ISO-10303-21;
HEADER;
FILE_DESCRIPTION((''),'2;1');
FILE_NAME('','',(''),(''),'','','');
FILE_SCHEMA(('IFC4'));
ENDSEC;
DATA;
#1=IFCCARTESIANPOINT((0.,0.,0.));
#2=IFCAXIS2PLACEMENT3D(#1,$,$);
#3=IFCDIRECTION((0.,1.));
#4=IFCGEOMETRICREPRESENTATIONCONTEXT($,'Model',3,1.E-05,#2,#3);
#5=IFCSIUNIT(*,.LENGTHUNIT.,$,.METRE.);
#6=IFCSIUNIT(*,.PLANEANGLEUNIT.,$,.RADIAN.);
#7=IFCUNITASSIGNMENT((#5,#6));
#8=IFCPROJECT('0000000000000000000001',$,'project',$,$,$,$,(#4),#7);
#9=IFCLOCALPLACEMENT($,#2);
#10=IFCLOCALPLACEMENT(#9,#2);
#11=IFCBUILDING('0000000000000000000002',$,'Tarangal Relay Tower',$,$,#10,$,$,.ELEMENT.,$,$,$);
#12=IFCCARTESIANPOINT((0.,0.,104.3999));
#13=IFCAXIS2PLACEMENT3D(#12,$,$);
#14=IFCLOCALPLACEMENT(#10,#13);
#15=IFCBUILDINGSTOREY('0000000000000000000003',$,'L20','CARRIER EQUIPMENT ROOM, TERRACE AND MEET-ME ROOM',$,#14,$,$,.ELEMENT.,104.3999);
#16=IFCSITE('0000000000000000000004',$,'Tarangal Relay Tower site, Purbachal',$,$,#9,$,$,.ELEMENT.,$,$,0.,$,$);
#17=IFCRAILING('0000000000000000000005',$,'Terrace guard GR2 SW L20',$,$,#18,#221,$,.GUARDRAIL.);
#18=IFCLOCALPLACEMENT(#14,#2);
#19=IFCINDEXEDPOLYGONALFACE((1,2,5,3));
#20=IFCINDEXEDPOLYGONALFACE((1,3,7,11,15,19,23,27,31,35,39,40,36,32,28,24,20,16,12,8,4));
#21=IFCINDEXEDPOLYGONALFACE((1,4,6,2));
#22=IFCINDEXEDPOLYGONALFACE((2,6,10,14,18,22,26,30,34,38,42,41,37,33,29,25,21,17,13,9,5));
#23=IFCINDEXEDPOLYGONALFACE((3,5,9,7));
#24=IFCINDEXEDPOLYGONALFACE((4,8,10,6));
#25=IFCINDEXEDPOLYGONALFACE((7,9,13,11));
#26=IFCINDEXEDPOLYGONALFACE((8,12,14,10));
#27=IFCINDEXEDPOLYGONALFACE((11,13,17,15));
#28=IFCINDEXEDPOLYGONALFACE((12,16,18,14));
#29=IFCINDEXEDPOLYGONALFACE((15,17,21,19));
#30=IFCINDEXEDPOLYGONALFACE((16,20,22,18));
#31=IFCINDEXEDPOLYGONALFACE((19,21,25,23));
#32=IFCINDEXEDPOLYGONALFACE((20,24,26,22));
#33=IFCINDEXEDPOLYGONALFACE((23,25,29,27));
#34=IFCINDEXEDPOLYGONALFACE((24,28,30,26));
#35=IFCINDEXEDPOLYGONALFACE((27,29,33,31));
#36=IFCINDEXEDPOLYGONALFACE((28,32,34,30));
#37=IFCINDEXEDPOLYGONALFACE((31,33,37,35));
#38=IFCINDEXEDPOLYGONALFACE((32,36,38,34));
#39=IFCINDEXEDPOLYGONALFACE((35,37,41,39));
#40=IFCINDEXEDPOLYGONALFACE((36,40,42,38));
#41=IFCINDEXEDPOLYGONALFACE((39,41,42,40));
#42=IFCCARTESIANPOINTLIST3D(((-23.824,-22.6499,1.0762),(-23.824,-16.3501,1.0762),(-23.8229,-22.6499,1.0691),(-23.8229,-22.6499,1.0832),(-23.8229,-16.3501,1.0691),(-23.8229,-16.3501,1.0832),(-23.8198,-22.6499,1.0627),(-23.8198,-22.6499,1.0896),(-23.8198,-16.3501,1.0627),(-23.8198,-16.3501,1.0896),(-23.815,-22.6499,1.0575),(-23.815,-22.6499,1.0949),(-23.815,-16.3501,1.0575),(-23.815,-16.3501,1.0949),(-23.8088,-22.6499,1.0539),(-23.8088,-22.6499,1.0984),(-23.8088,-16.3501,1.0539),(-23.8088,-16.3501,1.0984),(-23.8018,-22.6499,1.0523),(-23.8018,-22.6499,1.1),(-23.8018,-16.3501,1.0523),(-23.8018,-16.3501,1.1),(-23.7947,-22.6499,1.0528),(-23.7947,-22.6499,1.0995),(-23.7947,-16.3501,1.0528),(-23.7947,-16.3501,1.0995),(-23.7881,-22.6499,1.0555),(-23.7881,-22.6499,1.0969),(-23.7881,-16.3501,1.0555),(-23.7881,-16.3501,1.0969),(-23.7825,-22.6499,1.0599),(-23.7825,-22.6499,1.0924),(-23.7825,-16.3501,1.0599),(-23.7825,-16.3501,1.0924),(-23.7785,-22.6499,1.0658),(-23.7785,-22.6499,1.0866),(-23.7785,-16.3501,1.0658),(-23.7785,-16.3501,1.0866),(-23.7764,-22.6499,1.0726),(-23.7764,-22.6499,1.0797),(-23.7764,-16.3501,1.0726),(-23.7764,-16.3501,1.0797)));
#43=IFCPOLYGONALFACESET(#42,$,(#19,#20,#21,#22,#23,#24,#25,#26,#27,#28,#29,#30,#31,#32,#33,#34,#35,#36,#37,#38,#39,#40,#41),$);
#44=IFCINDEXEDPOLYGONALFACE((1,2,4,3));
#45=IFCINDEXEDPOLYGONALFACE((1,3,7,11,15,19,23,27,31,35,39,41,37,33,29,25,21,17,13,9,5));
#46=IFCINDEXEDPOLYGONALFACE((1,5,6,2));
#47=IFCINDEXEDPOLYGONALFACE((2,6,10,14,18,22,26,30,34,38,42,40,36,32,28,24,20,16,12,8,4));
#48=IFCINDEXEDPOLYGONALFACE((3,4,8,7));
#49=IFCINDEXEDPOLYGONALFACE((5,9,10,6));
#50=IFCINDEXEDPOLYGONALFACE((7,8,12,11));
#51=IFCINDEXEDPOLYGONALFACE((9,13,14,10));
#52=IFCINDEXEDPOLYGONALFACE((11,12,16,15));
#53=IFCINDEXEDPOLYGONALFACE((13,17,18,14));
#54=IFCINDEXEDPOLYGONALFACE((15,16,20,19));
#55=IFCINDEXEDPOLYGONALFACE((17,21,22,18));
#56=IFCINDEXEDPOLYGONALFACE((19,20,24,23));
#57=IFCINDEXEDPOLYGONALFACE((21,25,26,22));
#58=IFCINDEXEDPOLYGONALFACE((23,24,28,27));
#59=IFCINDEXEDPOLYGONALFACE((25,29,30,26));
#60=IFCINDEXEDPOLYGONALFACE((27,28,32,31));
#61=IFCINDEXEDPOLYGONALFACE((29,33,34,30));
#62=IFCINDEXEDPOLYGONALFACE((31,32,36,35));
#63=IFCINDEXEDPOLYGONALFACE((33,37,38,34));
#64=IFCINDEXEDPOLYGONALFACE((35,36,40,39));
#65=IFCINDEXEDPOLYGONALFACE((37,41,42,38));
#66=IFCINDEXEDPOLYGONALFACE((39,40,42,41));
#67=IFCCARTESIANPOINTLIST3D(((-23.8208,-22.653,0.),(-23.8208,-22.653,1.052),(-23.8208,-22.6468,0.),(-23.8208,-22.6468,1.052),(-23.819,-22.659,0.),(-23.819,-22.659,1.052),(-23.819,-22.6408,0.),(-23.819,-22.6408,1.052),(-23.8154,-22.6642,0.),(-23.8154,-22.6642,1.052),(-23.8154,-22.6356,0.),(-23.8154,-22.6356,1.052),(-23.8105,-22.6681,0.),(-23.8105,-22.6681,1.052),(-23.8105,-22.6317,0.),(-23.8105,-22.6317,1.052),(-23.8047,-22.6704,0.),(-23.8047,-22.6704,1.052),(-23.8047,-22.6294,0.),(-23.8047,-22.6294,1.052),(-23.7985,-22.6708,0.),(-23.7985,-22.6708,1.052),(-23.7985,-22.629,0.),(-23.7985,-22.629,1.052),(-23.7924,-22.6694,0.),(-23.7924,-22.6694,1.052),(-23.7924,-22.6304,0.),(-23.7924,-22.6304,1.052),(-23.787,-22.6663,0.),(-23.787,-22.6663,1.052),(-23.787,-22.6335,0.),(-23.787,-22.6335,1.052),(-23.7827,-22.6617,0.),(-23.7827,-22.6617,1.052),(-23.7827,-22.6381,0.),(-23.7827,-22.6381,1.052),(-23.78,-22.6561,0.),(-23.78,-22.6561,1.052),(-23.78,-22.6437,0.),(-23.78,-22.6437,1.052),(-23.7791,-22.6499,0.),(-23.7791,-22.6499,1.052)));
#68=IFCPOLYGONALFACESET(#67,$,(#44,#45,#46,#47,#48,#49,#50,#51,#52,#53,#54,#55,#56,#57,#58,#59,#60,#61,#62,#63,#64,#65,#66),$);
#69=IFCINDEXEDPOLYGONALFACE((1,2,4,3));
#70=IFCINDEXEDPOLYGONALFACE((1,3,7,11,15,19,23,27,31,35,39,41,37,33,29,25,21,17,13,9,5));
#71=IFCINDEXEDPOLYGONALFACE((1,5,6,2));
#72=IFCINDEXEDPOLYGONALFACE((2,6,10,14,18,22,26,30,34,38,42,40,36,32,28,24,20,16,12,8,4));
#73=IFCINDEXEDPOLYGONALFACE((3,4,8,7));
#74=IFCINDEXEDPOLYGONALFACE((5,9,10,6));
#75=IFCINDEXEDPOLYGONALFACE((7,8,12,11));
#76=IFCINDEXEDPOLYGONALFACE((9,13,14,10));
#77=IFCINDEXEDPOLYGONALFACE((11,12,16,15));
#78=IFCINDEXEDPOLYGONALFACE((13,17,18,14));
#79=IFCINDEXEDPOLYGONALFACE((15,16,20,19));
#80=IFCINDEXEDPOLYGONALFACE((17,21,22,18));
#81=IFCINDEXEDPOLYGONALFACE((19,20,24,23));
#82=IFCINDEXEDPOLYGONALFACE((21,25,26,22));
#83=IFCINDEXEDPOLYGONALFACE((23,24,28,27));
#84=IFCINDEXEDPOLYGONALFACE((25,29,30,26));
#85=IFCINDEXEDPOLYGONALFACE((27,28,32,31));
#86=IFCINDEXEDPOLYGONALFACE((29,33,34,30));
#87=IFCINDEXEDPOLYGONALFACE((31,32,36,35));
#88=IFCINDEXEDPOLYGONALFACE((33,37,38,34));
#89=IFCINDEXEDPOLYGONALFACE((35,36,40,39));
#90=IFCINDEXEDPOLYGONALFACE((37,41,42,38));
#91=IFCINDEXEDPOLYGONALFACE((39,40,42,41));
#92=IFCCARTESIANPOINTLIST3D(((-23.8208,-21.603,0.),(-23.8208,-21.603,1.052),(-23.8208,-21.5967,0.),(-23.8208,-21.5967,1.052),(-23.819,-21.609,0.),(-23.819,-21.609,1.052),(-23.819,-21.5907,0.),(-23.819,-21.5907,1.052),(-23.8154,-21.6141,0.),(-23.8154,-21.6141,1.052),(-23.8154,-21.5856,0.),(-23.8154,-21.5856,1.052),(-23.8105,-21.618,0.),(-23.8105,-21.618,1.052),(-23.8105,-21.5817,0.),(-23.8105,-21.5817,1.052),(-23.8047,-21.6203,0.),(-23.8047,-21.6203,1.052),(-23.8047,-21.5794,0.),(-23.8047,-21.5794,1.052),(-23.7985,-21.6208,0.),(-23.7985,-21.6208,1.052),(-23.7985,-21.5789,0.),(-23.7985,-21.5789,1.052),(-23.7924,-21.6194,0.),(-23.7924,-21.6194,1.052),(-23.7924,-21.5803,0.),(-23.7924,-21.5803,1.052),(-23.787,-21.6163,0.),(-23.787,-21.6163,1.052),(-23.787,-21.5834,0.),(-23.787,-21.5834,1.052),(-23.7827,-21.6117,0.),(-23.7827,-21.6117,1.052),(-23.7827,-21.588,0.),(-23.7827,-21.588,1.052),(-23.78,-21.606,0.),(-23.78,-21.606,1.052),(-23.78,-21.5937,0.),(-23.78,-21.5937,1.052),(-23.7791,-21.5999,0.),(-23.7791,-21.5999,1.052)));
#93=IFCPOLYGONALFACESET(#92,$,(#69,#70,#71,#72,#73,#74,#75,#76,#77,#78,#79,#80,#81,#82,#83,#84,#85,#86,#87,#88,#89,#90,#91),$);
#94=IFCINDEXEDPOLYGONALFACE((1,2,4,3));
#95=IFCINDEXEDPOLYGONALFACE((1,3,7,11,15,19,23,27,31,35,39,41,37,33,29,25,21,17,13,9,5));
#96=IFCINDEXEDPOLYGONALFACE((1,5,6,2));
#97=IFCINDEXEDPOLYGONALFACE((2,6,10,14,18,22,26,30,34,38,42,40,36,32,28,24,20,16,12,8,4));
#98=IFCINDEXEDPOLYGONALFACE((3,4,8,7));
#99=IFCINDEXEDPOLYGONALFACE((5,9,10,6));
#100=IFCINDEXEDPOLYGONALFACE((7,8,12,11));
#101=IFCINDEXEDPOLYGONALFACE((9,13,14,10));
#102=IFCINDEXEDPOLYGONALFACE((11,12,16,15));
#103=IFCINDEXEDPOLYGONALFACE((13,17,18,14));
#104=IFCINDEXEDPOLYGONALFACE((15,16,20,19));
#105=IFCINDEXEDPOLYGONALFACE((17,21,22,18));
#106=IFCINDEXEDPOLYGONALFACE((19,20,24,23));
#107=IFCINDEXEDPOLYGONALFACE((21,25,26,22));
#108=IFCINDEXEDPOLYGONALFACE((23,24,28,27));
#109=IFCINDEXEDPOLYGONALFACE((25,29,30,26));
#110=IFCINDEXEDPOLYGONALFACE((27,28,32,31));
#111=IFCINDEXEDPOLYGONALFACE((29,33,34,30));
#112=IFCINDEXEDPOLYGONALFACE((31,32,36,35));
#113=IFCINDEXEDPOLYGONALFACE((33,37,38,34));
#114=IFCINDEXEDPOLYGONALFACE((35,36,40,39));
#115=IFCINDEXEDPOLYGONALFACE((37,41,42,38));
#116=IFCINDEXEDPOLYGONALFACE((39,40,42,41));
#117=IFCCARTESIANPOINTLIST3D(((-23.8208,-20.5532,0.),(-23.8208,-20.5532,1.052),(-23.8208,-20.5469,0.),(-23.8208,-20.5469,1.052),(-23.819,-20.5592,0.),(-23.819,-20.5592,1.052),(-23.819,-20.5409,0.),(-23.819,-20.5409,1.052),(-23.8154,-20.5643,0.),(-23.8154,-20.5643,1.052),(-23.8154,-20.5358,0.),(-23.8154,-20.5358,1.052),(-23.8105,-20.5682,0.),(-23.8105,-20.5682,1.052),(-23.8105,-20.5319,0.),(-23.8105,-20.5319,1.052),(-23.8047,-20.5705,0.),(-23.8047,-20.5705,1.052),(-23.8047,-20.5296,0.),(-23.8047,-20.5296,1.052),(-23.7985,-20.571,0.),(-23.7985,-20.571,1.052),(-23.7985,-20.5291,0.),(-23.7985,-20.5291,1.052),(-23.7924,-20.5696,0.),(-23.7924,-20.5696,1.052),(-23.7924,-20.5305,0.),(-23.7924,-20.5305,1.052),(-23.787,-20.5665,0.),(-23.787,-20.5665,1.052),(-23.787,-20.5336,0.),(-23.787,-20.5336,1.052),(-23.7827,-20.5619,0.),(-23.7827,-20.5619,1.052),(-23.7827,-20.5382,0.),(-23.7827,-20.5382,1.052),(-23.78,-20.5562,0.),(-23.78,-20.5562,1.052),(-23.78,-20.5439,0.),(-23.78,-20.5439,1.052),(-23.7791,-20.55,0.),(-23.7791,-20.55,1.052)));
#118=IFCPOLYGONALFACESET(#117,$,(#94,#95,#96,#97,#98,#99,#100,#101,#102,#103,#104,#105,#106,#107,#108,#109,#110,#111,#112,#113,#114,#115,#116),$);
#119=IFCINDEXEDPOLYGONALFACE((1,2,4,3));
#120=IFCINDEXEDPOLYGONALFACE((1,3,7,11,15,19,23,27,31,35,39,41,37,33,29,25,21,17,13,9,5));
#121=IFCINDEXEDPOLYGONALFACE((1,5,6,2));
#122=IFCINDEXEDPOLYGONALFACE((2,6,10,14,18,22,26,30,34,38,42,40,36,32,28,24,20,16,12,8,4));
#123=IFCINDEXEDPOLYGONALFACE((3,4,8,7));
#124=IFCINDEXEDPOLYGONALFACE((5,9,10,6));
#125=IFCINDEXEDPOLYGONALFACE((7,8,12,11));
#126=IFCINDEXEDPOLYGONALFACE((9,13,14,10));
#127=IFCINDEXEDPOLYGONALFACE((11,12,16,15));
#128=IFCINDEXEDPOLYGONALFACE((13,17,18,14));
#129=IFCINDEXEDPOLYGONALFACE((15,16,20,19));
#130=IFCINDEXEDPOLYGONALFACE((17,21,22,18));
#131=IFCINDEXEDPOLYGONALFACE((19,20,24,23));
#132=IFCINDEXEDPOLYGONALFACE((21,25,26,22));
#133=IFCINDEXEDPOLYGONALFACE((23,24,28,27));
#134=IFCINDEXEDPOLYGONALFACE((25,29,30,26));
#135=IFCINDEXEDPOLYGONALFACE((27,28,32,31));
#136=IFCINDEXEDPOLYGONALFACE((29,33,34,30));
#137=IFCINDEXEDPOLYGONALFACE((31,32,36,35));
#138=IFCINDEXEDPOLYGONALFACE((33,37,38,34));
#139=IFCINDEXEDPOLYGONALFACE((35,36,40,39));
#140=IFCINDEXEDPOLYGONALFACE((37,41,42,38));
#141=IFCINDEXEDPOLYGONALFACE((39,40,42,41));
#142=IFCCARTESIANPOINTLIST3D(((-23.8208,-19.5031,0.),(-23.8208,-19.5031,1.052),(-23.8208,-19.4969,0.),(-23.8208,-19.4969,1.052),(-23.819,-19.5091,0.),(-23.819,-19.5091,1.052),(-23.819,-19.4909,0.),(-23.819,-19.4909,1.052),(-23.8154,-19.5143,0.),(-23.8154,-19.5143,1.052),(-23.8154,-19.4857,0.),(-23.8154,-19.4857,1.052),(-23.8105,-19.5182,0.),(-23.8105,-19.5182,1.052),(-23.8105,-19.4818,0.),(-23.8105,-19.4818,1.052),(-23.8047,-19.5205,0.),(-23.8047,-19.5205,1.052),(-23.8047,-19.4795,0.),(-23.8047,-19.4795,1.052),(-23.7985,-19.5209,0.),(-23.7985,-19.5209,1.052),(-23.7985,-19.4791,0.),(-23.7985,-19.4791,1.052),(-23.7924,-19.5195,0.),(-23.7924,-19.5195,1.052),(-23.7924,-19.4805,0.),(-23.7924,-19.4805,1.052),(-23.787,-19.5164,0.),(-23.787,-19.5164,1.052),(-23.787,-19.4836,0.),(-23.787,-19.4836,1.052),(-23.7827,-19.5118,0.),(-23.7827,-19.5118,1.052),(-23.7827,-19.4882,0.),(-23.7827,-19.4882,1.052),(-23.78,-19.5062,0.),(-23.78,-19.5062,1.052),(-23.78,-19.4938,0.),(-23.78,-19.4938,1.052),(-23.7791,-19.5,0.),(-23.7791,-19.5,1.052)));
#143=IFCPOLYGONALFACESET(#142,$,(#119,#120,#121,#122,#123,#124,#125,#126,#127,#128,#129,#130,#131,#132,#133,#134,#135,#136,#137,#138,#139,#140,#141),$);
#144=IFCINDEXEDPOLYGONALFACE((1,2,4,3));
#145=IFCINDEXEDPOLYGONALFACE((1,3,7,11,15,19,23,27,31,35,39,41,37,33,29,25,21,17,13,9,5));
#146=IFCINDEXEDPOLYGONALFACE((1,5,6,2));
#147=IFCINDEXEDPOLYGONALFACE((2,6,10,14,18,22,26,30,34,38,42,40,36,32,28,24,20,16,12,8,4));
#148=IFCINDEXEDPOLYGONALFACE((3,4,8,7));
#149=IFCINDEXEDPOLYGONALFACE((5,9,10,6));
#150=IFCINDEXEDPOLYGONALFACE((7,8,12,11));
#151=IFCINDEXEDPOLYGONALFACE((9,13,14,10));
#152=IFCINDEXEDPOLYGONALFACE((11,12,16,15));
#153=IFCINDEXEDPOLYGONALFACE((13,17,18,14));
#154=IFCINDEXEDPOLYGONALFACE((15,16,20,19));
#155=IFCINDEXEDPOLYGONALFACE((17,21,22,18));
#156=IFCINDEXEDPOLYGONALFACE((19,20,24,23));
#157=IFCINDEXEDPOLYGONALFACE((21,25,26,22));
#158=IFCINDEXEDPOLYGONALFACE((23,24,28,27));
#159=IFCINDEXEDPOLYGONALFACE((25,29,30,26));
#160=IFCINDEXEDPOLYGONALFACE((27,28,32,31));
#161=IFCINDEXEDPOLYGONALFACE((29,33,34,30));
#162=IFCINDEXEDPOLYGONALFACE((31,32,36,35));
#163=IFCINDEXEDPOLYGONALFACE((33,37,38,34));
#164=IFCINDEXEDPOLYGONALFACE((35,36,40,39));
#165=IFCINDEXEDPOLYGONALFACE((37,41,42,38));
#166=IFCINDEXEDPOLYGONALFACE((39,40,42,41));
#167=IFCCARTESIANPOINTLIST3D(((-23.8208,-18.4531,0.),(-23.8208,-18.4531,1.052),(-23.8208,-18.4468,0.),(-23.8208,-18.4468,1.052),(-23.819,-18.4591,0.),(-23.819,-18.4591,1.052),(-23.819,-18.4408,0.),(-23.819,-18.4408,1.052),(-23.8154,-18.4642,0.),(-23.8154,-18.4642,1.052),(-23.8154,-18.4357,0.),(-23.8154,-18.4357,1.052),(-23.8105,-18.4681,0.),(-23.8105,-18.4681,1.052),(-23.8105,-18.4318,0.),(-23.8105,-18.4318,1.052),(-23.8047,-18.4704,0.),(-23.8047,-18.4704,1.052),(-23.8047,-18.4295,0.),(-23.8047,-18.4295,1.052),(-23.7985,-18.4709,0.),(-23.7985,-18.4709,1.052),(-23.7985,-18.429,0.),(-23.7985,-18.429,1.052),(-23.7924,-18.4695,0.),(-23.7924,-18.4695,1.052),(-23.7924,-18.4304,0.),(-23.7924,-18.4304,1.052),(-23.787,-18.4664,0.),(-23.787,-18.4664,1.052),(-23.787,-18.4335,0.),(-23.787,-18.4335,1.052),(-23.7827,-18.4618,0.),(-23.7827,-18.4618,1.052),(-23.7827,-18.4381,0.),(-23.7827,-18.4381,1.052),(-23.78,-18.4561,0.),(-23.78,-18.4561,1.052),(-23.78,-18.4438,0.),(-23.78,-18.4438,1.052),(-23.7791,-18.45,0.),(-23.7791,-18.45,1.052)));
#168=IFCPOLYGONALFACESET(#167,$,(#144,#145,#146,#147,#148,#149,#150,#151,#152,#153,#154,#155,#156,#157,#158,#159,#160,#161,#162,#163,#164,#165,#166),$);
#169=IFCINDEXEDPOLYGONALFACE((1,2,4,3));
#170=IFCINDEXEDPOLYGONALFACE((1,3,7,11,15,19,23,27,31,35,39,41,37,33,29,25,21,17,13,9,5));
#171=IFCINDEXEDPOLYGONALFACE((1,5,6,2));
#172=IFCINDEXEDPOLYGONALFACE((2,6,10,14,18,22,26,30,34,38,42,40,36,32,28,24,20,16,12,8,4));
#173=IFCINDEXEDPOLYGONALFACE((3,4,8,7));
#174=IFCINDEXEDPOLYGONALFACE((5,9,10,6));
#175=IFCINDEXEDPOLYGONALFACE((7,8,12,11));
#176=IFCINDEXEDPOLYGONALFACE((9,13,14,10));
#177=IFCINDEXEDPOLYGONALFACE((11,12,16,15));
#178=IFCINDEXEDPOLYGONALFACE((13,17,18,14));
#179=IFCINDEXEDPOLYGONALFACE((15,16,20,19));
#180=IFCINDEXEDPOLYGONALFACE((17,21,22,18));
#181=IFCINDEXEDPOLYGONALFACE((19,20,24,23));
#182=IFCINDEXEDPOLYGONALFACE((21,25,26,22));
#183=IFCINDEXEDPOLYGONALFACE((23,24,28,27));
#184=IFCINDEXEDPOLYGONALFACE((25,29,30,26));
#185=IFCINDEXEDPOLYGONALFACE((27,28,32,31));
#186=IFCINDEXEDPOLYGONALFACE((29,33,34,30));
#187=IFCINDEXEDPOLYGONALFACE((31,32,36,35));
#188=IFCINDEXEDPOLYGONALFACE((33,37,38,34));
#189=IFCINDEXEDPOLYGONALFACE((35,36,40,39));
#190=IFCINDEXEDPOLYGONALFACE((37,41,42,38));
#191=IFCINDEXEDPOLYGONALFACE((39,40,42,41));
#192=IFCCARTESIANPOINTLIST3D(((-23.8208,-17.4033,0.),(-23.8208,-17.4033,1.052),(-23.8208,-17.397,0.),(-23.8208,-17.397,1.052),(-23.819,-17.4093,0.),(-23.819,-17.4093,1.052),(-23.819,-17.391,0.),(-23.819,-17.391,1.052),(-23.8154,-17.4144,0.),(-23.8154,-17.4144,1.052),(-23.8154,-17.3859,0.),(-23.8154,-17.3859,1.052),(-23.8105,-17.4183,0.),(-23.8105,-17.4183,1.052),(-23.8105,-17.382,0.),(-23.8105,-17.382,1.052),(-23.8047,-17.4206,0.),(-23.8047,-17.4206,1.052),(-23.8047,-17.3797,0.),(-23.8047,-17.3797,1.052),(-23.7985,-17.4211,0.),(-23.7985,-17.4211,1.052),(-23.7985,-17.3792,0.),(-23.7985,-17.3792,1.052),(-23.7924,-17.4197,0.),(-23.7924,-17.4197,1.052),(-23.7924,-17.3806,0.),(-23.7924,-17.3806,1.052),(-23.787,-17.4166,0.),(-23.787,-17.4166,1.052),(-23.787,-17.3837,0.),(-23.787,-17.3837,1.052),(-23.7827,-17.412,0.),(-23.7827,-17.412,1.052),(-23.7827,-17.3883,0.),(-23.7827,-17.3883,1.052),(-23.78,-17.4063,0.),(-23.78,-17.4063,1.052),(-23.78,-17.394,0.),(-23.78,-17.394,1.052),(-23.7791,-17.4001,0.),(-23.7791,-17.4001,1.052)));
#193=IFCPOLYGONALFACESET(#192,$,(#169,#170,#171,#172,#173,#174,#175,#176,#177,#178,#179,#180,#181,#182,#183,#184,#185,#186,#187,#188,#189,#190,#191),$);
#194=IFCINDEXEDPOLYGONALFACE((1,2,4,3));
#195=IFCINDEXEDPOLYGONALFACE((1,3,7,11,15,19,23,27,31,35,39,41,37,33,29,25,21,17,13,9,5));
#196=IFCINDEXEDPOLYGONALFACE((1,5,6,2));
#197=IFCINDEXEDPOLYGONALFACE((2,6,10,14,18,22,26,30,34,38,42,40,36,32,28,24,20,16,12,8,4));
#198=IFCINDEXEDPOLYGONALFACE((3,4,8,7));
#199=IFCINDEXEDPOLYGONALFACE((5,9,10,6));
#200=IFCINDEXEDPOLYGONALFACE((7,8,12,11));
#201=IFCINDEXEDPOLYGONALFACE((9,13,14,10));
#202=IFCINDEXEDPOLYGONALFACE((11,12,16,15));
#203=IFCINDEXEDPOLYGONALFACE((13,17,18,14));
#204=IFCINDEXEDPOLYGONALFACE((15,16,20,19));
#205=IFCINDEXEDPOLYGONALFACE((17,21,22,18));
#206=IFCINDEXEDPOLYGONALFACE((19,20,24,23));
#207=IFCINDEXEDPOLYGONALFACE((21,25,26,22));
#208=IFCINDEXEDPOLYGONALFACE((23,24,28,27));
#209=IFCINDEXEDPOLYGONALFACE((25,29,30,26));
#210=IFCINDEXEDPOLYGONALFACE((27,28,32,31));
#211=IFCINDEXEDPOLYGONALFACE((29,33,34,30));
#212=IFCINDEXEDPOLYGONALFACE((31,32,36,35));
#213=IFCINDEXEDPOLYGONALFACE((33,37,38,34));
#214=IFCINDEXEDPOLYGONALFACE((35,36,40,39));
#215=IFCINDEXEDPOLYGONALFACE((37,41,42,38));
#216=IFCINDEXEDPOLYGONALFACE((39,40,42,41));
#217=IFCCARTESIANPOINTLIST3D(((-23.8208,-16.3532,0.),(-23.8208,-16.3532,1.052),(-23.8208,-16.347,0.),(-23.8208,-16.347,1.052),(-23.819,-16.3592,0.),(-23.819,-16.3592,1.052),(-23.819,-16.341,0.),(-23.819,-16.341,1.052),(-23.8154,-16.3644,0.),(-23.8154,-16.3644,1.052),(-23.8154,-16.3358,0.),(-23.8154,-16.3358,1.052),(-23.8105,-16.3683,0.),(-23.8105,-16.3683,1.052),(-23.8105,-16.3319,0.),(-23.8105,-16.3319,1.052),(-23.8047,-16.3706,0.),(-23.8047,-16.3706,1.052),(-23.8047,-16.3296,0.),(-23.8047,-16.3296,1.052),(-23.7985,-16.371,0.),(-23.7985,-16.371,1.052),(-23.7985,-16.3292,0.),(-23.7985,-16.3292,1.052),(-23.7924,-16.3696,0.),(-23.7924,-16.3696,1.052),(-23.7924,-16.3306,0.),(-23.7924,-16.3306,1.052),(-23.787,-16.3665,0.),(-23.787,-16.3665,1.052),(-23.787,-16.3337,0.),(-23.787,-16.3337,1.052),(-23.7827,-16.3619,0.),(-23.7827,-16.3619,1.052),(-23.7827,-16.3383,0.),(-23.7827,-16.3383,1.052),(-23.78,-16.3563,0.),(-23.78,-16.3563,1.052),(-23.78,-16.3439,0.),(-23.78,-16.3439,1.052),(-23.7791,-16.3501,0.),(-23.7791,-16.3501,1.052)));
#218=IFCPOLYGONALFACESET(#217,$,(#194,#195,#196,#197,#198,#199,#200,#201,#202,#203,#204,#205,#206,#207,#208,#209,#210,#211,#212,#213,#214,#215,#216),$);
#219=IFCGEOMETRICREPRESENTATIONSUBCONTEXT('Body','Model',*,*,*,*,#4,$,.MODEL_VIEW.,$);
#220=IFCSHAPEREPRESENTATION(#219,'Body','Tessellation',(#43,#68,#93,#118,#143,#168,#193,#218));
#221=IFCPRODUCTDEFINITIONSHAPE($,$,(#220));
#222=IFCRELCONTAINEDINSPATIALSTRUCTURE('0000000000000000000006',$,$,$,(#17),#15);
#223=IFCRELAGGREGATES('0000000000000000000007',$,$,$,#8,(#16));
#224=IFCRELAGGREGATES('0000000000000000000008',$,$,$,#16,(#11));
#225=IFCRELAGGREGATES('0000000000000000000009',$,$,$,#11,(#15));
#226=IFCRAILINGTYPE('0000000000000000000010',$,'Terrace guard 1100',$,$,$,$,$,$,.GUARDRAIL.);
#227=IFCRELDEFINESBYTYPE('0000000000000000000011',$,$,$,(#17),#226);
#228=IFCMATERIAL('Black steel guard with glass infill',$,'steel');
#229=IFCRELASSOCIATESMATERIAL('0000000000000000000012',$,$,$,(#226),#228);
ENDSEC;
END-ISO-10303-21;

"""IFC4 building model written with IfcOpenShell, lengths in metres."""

from ifc_helpers import new_model, si_unit, direction, frame, origin, origin_2d, place, context, subcontext, project, spatial, circle, extrude, material, type_object, element, save


model = new_model("IFC4")

# Units and contexts
model_context = context("Model", 3, precision=1e-05, world=origin(), true_north=direction((0.0, 1.0)))
body_context = subcontext(model_context, "Body", "Model", "MODEL_VIEW")
ifc_project = project(units=[si_unit("LENGTHUNIT", "METRE"), si_unit("PLANEANGLEUNIT", "RADIAN")], contexts=[model_context])

# Site, building, storey
site_placement = place(None, origin())
site = spatial("IfcSite", under=ifc_project, at=site_placement, Name="Tarangal Relay Tower site, Purbachal", CompositionType="ELEMENT", RefElevation=0.0)
building_placement = place(site_placement, origin())
building = spatial("IfcBuilding", under=site, at=building_placement, Name="Tarangal Relay Tower", CompositionType="ELEMENT")
storey_placement = place(building_placement, frame((0.0, 0.0, 104.3999)))
storey = spatial("IfcBuildingStorey", under=building, at=storey_placement, Name="L20", Description="CARRIER EQUIPMENT ROOM, TERRACE AND MEET-ME ROOM", CompositionType="ELEMENT", Elevation=104.3999)

# Railing
ifc_material_1 = material(Name="Black steel guard with glass infill", Category="steel")
railing_type = type_object("IfcRailingType", Name="Terrace guard 1100", PredefinedType="GUARDRAIL", material=ifc_material_1)
railing_1_placement = place(storey_placement, frame((-23.8, -22.6499, 0.0)))
element("IfcRailing", 1, at=railing_1_placement, inside=storey, type_object=railing_type, Name="Terrace guard GR2 SW L20", PredefinedType="GUARDRAIL", context=body_context, shape_type="SweptSolid", body=[
    extrude(circle(Radius=0.0239, at=origin_2d()), frame((0.0, 0.0, 1.0762), z_axis=(0.0, 1.0, 0.0), x_axis=(-1.0, 0.0, 0.0)), (0.0, 0.0, 1.0), 6.2998),
    extrude(circle(Radius=0.021, at=origin_2d()), origin(), (0.0, 0.0, 1.0), 1.052),
    extrude(circle(Radius=0.021, at=origin_2d()), frame((0.0, 1.05, 0.0)), (0.0, 0.0, 1.0), 1.052),
    extrude(circle(Radius=0.021, at=origin_2d()), frame((0.0, 2.0999, 0.0)), (0.0, 0.0, 1.0), 1.052),
    extrude(circle(Radius=0.021, at=origin_2d()), frame((0.0, 3.1499, 0.0)), (0.0, 0.0, 1.0), 1.052),
    extrude(circle(Radius=0.021, at=origin_2d()), frame((0.0, 4.2, 0.0)), (0.0, 0.0, 1.0), 1.052),
    extrude(circle(Radius=0.021, at=origin_2d()), frame((0.0, 5.2498, 0.0)), (0.0, 0.0, 1.0), 1.052),
    extrude(circle(Radius=0.021, at=origin_2d()), frame((0.0, 6.2998, 0.0)), (0.0, 0.0, 1.0), 1.052),
])

save(model, "model.ifc")
